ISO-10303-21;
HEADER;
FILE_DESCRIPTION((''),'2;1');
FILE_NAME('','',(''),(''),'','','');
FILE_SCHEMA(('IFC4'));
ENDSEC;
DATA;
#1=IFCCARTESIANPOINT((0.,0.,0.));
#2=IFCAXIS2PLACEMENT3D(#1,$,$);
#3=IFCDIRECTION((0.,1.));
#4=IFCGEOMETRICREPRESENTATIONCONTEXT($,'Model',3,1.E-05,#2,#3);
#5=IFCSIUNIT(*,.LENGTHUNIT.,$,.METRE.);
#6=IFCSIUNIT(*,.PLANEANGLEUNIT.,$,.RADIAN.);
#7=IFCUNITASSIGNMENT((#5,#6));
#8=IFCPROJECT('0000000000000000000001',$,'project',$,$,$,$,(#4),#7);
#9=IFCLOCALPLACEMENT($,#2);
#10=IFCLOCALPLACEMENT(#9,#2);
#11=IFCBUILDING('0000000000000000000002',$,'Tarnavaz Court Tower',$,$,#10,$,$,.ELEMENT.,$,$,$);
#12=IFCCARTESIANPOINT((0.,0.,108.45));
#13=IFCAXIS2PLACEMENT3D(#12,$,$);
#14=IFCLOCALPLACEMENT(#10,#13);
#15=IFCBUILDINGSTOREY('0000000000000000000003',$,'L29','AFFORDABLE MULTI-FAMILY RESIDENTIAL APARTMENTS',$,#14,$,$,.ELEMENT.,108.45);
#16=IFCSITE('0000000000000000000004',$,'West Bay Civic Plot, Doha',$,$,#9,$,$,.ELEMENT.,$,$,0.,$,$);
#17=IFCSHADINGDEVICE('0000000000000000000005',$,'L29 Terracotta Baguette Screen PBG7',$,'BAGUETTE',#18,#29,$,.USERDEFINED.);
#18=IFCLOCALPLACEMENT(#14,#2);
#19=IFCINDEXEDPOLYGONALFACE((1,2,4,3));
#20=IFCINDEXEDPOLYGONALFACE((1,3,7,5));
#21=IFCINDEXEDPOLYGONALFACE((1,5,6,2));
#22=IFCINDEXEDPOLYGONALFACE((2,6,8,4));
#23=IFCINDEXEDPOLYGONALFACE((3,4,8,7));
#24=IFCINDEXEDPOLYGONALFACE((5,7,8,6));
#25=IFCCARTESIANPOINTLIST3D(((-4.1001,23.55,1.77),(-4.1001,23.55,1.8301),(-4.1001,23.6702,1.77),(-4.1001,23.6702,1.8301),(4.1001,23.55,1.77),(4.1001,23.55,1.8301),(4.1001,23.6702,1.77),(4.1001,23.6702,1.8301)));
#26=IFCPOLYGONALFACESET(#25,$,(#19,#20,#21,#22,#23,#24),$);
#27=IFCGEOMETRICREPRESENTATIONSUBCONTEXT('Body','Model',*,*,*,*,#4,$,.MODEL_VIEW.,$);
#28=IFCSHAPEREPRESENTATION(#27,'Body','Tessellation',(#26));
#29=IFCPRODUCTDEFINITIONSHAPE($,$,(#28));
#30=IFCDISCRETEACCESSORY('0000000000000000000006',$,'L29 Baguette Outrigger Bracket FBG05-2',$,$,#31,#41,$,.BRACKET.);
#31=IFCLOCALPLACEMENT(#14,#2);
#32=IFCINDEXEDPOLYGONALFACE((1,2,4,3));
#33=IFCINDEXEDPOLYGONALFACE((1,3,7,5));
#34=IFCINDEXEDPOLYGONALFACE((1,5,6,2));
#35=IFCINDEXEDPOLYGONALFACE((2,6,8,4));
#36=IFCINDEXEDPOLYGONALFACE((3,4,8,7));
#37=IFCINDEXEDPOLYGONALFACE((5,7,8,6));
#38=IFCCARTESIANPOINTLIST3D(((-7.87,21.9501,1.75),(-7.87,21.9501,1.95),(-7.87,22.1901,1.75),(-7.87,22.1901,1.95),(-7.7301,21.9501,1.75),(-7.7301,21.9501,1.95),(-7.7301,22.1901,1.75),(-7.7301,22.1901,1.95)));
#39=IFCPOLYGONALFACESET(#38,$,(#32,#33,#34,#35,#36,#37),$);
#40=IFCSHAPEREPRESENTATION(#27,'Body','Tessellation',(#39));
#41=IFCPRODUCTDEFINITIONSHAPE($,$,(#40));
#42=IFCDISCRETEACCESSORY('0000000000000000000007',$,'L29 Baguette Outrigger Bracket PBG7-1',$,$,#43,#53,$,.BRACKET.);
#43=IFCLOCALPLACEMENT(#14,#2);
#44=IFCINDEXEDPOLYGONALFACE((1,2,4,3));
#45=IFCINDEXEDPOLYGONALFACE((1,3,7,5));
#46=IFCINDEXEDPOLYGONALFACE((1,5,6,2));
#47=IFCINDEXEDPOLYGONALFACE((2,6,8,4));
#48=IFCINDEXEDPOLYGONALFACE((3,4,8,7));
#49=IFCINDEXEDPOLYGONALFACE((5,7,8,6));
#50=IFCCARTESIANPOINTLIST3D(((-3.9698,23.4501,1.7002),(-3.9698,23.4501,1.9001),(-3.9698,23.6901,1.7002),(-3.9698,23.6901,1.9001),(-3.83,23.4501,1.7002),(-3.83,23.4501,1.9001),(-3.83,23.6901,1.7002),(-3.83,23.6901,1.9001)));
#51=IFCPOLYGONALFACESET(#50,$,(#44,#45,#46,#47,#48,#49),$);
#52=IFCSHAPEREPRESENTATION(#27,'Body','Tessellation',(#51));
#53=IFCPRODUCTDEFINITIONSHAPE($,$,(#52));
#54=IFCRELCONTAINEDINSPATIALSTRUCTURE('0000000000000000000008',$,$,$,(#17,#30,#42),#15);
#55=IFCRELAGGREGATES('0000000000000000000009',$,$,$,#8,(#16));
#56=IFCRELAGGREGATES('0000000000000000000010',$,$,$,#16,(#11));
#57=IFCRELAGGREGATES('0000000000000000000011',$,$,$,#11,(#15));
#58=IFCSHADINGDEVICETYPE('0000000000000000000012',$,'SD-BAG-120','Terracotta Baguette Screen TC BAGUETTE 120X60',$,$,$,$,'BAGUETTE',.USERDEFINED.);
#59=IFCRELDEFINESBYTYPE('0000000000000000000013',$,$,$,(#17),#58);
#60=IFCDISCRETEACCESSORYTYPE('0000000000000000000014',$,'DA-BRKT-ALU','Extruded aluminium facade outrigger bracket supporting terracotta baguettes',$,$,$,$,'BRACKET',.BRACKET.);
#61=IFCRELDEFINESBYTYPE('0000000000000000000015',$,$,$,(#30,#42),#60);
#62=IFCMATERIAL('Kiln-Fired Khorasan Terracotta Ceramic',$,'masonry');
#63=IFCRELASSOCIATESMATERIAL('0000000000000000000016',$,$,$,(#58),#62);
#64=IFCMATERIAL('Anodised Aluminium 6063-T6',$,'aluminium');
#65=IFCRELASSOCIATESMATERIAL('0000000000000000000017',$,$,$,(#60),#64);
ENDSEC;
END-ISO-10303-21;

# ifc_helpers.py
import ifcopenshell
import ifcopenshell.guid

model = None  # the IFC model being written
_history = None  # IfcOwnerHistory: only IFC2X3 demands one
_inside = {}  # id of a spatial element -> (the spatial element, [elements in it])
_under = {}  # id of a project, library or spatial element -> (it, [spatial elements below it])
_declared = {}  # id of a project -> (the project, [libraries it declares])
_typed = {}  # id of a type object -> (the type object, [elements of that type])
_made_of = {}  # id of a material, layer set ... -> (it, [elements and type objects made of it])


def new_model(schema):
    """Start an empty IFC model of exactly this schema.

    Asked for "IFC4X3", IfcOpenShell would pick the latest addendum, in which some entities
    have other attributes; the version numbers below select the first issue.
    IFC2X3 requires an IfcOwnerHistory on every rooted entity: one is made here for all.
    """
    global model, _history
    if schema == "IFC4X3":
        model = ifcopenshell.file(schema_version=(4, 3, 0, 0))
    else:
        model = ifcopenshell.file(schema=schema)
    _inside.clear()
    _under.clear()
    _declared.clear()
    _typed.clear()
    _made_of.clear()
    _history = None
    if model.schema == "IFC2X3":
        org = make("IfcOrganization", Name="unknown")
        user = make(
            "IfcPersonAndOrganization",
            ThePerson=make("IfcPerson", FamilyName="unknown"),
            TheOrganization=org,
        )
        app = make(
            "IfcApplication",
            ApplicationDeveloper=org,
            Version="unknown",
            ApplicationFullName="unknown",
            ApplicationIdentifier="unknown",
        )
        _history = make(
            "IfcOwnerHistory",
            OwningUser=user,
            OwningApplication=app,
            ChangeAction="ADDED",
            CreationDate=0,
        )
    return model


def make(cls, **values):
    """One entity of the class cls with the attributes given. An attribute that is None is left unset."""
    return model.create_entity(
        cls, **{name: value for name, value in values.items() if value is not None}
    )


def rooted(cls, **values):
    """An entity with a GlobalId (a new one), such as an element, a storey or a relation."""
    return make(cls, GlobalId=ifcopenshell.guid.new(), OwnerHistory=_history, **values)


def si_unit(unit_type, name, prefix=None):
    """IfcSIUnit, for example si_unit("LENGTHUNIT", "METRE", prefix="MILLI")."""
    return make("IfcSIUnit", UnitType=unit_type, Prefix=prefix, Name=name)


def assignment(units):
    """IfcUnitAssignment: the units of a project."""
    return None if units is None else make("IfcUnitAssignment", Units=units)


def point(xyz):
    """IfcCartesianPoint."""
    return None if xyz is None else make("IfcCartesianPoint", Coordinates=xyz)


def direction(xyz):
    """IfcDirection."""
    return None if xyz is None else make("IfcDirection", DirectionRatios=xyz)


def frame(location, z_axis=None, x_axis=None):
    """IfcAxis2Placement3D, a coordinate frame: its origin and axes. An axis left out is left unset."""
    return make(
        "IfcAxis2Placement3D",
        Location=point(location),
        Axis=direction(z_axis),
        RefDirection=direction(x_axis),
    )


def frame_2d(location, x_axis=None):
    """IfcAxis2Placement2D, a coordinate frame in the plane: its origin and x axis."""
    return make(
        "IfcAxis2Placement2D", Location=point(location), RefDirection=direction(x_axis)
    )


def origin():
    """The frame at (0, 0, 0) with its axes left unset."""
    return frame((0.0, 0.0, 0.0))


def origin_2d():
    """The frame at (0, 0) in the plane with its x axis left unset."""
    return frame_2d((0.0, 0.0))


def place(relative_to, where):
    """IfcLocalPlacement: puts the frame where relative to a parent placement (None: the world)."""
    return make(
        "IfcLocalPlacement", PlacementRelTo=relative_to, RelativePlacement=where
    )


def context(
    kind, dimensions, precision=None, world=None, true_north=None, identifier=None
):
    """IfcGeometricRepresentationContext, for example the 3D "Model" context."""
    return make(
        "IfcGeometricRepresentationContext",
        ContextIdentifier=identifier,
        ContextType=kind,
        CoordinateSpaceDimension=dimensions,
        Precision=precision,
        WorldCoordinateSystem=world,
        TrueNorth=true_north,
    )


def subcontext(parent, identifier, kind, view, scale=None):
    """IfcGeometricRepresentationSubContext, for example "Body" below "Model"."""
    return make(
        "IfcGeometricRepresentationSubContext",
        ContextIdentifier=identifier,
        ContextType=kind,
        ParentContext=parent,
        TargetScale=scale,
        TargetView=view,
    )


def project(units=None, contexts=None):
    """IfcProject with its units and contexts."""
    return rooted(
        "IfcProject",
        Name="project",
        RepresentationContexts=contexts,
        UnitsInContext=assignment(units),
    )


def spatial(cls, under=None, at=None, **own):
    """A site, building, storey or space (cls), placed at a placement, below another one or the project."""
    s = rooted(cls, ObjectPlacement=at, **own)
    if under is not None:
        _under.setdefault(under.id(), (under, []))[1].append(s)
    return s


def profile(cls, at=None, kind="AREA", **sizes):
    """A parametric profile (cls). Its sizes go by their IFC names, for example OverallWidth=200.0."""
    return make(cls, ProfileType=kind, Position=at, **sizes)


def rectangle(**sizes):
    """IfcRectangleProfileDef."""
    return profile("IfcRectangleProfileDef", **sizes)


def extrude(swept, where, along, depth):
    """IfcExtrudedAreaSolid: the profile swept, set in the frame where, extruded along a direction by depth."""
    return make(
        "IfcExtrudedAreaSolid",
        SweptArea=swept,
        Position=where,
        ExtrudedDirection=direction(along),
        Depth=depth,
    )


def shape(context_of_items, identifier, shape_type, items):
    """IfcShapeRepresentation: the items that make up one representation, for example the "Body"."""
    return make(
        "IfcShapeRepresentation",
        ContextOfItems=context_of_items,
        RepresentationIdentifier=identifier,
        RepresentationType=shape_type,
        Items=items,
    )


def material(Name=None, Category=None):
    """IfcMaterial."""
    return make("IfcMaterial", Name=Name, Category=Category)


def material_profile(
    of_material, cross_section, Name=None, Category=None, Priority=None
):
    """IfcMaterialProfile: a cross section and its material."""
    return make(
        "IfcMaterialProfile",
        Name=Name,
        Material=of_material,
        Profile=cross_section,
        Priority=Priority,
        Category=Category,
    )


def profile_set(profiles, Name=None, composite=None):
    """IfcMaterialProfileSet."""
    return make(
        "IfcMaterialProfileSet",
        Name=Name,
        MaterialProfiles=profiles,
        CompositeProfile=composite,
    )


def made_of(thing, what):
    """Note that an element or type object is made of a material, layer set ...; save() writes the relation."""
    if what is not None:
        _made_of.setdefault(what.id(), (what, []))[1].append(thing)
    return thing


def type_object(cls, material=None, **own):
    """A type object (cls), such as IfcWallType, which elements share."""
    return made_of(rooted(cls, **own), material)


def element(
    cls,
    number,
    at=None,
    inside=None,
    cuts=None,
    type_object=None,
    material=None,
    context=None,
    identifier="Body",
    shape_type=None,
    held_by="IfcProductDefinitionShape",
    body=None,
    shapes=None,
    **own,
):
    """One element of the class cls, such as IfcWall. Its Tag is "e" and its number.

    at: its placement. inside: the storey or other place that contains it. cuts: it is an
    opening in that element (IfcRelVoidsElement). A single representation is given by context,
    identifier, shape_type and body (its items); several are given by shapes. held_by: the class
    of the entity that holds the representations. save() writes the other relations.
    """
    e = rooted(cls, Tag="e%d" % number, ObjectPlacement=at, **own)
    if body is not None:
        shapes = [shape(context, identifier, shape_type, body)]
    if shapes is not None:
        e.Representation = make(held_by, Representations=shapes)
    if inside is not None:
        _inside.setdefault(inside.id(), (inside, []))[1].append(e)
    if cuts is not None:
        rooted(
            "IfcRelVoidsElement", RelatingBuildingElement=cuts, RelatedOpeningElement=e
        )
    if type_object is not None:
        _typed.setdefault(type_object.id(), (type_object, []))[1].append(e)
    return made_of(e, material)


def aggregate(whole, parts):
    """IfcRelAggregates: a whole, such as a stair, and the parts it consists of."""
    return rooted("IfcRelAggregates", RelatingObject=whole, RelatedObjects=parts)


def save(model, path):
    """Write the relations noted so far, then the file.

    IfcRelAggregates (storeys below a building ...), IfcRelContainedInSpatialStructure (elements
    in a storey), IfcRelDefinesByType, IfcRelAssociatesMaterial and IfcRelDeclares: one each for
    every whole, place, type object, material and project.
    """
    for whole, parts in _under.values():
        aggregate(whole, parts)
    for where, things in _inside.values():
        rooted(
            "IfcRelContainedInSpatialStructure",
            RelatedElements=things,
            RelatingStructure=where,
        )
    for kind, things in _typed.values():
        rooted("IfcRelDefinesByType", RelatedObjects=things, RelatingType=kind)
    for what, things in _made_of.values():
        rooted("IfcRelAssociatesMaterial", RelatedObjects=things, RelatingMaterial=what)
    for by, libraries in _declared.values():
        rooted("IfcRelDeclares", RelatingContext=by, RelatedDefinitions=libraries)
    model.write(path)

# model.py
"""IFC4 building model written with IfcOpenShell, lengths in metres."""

from ifc_helpers import new_model, si_unit, direction, frame, origin, origin_2d, place, context, subcontext, project, spatial, rectangle, extrude, material, material_profile, profile_set, type_object, element, save


model = new_model("IFC4")

# Units and contexts
model_context = context("Model", 3, precision=1e-05, world=origin(), true_north=direction((0.0, 1.0)))
body_context = subcontext(model_context, "Body", "Model", "MODEL_VIEW")
ifc_project = project(units=[si_unit("LENGTHUNIT", "METRE"), si_unit("PLANEANGLEUNIT", "RADIAN")], contexts=[model_context])

# Site, building, storey
site_placement = place(None, origin())
site = spatial("IfcSite", under=ifc_project, at=site_placement, Name="West Bay Civic Plot, Doha", CompositionType="ELEMENT", RefElevation=0.0)
building_placement = place(site_placement, origin())
building = spatial("IfcBuilding", under=site, at=building_placement, Name="Tarnavaz Court Tower", CompositionType="ELEMENT")
storey_placement = place(building_placement, frame((0.0, 0.0, 108.45)))
storey = spatial("IfcBuildingStorey", under=building, at=storey_placement, Name="L29", Description="AFFORDABLE MULTI-FAMILY RESIDENTIAL APARTMENTS", CompositionType="ELEMENT", Elevation=108.45)

# Shared definitions
ifc_material_1 = material(Name="Anodised Aluminium 6063-T6", Category="aluminium")

# Shading device
ifc_material_2 = material(Name="Kiln-Fired Khorasan Terracotta Ceramic", Category="masonry")
ifc_material_profile_1 = material_profile(ifc_material_2, rectangle(XDim=0.1201, YDim=0.0601, at=origin_2d()), Name="TC BAGUETTE 120X60")
ifc_profile_set_1 = profile_set([ifc_material_profile_1], Name="Kiln-Fired Khorasan Terracotta Ceramic")
shading_device_type = type_object("IfcShadingDeviceType", Name="SD-BAG-120", Description="Terracotta Baguette Screen TC BAGUETTE 120X60", ElementType="BAGUETTE", PredefinedType="USERDEFINED", material=ifc_profile_set_1)
shading_device_placement = place(storey_placement, frame((-4.1001, 23.6101, 1.8), z_axis=(1.0, 0.0, 0.0), x_axis=(0.0, 1.0, 0.0)))
element("IfcShadingDevice", 1, at=shading_device_placement, inside=storey, type_object=shading_device_type, Name="L29 Terracotta Baguette Screen PBG7", ObjectType="BAGUETTE", PredefinedType="USERDEFINED", context=body_context, shape_type="SweptSolid", body=[
    extrude(rectangle(XDim=0.1201, YDim=0.0601, at=origin_2d()), origin(), (0.0, 0.0, 1.0), 8.2002),
])

# Discrete accessories
discrete_accessory_type = type_object("IfcDiscreteAccessoryType", Name="DA-BRKT-ALU", Description="Extruded aluminium facade outrigger bracket supporting terracotta baguettes", ElementType="BRACKET", PredefinedType="BRACKET", material=ifc_material_1)
for number, where, z_axis, x_axis, name in (
    (2, (-7.8, 22.0701, 1.75), (0.0, 0.0, 1.0), (1.0, 0.0, 0.0), "L29 Baguette Outrigger Bracket FBG05-2"),
    (3, (-3.8999, 23.5701, 1.7002), (0.0, 0.0, 1.0), (1.0, 0.0, 0.0), "L29 Baguette Outrigger Bracket PBG7-1"),
):
    element("IfcDiscreteAccessory", number, at=place(storey_placement, frame(where, z_axis=z_axis, x_axis=x_axis)), inside=storey, type_object=discrete_accessory_type, Name=name, PredefinedType="BRACKET", context=body_context, shape_type="SweptSolid", body=[
        extrude(rectangle(XDim=0.1399, YDim=0.24, at=origin_2d()), origin(), (0.0, 0.0, 1.0), 0.2),
    ])

save(model, "model.ifc")
